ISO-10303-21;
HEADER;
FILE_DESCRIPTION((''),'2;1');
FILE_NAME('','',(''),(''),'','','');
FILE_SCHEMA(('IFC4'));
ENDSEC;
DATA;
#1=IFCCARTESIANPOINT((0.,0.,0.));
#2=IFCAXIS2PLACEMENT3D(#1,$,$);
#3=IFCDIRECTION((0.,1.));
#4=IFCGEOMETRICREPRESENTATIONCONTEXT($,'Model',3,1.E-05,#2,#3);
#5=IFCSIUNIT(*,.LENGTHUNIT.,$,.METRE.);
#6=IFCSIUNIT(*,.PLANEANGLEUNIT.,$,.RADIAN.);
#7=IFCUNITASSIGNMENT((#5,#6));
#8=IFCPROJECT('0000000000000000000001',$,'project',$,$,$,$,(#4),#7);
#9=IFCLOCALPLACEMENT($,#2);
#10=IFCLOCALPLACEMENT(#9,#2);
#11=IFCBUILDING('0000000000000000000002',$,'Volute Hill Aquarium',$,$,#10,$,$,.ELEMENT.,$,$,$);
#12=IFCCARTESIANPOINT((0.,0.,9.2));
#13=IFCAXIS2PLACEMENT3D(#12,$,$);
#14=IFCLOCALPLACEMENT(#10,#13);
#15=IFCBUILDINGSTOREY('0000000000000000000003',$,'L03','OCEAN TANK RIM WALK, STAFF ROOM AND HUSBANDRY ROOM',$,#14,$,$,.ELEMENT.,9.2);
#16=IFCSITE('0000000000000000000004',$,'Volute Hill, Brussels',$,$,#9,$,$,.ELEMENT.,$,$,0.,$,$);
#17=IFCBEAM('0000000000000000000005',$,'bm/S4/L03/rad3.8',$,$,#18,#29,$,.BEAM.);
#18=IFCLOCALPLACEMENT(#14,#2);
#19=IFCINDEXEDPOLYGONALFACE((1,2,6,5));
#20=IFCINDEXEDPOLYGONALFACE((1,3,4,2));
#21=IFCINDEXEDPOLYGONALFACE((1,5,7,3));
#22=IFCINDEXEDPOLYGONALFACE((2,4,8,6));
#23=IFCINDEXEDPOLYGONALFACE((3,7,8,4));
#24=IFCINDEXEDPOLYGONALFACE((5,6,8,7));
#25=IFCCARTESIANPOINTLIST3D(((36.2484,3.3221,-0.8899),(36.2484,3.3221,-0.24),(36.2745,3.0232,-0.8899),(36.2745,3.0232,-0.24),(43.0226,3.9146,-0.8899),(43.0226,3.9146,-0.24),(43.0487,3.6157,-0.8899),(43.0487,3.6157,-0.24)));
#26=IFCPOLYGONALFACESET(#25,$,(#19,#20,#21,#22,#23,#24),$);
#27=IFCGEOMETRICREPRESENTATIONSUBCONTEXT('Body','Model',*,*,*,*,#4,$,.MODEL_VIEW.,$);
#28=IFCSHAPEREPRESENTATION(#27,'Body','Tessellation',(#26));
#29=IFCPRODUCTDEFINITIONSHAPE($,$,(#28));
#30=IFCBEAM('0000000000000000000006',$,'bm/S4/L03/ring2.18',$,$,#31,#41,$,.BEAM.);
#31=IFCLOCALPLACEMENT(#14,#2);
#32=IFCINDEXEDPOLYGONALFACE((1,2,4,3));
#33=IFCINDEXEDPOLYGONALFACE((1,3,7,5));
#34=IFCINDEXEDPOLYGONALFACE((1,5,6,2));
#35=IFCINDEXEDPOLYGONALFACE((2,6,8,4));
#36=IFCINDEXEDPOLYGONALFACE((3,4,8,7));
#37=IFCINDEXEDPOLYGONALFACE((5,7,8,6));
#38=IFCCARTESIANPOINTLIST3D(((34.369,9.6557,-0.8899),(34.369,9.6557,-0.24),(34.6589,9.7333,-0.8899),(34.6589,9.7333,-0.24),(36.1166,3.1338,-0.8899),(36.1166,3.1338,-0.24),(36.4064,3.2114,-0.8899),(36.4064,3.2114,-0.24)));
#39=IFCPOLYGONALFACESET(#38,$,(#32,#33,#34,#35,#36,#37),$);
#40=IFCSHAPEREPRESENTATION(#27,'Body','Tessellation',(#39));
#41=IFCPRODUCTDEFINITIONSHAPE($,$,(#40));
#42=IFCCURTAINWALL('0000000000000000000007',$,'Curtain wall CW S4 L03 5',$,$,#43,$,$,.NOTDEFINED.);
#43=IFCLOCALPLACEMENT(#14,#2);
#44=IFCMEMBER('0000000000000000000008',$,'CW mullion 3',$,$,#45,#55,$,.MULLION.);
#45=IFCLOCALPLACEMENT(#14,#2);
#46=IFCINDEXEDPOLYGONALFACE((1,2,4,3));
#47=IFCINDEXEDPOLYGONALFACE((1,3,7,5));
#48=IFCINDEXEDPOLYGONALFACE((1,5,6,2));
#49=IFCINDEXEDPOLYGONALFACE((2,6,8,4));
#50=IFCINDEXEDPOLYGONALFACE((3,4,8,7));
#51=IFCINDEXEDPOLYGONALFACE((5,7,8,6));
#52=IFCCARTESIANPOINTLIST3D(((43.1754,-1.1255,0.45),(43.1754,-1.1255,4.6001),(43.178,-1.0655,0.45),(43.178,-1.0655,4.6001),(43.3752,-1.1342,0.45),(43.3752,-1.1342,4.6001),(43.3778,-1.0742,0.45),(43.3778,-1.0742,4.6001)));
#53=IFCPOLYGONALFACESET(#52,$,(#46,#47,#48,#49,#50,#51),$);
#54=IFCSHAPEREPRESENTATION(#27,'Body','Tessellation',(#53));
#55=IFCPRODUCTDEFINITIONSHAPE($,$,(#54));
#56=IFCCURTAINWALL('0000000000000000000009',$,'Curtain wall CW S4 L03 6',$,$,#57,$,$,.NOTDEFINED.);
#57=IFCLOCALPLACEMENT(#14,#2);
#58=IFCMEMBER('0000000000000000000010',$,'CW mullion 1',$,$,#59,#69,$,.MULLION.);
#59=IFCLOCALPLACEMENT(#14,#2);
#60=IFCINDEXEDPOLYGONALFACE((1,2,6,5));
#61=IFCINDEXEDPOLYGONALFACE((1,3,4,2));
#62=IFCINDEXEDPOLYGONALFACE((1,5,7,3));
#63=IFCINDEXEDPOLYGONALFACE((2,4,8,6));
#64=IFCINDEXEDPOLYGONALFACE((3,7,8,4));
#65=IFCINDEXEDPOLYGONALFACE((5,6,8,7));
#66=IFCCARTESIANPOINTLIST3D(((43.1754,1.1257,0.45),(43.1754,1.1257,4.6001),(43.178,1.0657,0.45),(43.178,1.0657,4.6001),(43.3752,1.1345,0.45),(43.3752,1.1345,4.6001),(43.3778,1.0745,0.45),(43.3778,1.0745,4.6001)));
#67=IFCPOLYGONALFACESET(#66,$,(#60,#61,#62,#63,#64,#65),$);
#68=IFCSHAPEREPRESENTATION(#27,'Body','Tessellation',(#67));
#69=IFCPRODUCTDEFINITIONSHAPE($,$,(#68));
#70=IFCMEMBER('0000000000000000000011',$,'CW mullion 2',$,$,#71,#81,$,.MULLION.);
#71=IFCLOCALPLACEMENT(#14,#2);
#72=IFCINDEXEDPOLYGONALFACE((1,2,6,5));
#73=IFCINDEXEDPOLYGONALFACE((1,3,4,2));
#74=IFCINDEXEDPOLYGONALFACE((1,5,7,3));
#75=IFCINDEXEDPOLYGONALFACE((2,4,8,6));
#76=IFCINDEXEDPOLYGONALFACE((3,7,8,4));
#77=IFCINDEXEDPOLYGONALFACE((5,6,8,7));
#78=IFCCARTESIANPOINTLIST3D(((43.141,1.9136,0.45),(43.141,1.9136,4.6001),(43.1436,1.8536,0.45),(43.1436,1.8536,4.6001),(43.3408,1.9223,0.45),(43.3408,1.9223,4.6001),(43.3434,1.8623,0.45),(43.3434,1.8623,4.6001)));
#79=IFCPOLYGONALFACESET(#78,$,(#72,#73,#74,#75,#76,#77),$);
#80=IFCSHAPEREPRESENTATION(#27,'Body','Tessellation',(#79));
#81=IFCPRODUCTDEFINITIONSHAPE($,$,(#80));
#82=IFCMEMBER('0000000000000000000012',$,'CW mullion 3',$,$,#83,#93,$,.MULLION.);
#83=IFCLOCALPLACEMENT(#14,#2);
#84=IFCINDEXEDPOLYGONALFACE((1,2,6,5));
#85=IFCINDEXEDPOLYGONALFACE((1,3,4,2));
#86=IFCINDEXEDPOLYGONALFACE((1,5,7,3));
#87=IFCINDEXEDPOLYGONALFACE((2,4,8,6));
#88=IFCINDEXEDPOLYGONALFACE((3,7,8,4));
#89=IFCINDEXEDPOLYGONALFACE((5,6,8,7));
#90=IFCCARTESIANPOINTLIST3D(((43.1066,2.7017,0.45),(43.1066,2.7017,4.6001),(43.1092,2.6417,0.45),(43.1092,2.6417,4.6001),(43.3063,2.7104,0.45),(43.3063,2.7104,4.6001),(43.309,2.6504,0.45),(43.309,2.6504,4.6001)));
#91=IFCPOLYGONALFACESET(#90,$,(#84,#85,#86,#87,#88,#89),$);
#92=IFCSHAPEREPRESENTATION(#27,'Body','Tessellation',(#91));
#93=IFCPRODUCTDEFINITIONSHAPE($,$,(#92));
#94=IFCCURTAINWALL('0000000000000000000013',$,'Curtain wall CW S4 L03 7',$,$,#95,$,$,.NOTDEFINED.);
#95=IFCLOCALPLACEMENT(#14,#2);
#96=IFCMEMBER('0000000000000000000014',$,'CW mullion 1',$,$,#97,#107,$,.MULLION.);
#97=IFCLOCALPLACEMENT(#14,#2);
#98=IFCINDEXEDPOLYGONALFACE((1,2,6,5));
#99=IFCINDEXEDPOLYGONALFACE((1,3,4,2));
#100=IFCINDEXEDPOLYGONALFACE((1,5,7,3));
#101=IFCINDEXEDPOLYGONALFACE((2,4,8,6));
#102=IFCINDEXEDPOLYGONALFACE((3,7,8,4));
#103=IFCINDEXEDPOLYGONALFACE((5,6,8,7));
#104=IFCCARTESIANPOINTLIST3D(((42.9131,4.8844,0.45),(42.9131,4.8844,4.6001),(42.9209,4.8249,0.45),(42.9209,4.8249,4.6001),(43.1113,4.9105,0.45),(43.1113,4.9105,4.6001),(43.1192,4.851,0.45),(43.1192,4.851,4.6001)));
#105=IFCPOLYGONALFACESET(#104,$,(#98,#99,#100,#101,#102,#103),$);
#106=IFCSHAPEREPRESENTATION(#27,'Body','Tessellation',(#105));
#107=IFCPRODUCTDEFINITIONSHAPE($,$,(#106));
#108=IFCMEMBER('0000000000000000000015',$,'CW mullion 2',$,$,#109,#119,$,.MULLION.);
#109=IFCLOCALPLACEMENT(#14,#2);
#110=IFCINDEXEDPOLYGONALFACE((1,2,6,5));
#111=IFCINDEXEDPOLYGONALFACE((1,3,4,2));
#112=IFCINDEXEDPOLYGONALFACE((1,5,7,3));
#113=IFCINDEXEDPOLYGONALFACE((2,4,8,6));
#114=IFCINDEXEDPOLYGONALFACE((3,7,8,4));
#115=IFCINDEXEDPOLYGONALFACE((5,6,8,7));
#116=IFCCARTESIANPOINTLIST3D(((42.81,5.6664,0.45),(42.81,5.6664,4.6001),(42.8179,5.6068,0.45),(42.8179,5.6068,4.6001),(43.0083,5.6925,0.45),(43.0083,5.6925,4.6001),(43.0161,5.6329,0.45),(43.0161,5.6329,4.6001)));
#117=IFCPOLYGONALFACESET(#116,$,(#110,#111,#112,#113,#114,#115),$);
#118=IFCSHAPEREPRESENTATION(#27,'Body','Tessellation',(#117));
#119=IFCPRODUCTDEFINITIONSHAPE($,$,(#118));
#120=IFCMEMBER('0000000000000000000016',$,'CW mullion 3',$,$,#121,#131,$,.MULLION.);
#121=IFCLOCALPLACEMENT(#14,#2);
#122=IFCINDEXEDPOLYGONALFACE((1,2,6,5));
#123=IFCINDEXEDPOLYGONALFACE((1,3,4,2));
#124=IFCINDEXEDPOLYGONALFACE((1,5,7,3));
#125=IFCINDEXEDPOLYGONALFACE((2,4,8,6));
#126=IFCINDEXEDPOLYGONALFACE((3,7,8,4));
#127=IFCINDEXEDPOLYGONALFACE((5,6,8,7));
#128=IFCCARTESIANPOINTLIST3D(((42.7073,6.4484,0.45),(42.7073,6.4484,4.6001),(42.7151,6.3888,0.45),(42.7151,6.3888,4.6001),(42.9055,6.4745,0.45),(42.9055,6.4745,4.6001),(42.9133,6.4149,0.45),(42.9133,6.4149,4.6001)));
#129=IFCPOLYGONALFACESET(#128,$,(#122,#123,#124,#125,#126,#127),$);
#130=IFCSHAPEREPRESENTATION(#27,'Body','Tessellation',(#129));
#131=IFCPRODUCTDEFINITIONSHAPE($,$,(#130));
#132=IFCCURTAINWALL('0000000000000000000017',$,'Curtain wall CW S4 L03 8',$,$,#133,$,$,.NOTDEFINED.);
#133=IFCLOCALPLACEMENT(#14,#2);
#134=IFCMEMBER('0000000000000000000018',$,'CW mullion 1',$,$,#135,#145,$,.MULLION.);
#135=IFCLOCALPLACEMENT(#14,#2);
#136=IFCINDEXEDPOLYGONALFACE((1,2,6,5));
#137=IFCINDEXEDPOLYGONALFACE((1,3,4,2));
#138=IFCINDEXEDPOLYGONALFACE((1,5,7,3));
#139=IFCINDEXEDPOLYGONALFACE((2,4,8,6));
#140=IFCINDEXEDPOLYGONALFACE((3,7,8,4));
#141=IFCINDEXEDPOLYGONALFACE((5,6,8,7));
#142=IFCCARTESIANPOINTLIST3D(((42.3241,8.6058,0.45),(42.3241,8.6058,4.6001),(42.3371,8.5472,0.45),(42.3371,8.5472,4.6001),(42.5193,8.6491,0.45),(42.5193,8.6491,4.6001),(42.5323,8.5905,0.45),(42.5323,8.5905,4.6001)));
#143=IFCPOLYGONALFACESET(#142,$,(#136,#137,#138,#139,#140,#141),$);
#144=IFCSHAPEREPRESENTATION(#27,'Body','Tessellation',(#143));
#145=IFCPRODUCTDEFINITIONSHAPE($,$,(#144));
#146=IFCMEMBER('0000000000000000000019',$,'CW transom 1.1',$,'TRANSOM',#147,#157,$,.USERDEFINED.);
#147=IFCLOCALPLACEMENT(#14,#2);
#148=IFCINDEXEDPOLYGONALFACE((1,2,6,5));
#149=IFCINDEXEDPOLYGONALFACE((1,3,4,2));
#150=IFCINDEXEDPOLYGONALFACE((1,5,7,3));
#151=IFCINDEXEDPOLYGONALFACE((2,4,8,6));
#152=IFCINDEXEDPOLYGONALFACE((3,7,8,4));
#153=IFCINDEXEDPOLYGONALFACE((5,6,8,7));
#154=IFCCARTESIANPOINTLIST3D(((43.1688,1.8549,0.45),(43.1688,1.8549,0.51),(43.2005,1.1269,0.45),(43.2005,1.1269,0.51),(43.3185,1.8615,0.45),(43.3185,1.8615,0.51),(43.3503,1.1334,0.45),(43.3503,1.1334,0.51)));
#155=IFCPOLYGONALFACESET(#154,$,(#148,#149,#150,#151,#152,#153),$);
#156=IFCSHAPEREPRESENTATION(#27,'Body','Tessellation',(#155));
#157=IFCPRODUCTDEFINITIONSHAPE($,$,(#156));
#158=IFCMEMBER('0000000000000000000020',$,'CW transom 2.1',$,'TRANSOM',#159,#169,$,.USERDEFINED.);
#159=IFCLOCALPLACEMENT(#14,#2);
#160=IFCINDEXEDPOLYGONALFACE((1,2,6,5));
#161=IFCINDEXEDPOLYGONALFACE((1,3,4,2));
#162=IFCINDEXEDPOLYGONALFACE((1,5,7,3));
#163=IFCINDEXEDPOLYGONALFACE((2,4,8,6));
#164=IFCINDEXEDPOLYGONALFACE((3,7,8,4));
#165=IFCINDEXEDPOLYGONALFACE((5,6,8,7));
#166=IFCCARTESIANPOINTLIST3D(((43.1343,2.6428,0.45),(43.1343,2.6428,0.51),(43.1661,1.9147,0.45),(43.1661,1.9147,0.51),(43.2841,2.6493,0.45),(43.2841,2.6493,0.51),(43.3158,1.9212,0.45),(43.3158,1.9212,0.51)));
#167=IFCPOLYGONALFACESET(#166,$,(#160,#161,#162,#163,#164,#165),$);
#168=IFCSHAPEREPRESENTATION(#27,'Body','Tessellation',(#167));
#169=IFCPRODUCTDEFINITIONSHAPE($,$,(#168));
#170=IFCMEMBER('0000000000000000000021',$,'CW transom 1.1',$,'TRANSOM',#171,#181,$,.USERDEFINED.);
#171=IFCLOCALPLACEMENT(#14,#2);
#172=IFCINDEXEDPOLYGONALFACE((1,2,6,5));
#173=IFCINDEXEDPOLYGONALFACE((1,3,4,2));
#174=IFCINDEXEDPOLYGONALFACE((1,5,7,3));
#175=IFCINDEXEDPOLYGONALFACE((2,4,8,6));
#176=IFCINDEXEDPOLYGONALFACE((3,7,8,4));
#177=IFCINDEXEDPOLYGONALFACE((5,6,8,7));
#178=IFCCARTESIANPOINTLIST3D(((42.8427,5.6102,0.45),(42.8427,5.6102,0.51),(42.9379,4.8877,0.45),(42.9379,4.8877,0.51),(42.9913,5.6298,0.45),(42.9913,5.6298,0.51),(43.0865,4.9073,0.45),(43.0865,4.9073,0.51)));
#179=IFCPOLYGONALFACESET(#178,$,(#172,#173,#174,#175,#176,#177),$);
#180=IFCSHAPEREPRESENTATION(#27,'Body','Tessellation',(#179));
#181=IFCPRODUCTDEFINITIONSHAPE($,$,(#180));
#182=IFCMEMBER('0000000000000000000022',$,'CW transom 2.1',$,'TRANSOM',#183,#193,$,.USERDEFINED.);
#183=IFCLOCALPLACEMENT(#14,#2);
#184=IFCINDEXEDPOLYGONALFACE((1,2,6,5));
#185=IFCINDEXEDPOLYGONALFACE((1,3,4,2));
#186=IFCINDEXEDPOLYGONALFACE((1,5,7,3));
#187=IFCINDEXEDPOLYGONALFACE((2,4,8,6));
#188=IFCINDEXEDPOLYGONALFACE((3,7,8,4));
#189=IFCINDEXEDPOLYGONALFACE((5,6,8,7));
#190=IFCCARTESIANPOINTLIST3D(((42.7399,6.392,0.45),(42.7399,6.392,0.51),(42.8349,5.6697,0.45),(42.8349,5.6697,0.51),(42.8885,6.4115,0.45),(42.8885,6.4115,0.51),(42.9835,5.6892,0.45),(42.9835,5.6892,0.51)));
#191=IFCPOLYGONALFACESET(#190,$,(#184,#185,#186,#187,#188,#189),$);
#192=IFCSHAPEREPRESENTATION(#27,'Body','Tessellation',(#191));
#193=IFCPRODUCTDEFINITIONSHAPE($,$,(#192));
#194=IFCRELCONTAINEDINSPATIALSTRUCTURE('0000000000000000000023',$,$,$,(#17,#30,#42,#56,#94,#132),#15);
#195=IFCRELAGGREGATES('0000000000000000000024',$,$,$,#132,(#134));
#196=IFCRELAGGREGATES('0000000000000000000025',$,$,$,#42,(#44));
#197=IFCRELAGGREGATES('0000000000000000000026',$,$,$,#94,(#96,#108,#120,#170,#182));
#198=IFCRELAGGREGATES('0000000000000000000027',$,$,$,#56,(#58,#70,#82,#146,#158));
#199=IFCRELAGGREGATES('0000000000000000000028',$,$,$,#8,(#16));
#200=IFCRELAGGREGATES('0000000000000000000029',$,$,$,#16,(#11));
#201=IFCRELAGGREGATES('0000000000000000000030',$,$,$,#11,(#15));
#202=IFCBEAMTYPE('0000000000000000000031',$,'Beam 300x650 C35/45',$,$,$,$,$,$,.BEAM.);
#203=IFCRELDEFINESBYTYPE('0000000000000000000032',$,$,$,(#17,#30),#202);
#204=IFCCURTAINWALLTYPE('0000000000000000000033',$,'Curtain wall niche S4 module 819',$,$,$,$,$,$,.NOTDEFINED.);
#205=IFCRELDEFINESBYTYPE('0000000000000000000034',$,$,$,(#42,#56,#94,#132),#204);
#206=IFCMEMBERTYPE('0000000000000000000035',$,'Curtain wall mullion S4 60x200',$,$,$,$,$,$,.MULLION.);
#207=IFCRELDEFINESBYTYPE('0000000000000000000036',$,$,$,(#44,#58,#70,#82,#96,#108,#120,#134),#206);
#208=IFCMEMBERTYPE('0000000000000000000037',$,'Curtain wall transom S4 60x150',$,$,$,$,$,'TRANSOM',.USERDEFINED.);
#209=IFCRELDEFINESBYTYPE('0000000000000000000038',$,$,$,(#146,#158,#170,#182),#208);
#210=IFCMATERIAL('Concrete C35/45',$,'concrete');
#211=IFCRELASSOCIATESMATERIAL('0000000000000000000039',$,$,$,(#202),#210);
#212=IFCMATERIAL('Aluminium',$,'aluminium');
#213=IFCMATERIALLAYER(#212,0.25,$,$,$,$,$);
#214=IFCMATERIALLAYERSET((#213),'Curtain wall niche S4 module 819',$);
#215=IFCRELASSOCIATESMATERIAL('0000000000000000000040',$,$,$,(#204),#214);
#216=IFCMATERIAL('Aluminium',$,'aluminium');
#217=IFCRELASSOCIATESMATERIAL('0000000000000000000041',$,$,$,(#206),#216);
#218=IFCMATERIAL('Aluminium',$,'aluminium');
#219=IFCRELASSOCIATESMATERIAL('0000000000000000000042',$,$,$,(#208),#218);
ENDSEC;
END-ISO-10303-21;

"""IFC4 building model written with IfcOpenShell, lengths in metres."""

from ifc_helpers import new_model, si_unit, direction, frame, origin, origin_2d, place, context, subcontext, project, spatial, rectangle, extrude, material, layer, layer_set, material_profile, profile_set, type_object, element, aggregate, save


model = new_model("IFC4")

# Units and contexts
model_context = context("Model", 3, precision=1e-05, world=origin(), true_north=direction((0.0, 1.0)))
body_context = subcontext(model_context, "Body", "Model", "MODEL_VIEW")
ifc_project = project(units=[si_unit("LENGTHUNIT", "METRE"), si_unit("PLANEANGLEUNIT", "RADIAN")], contexts=[model_context])

# Site, building, storey
site_placement = place(None, origin())
site = spatial("IfcSite", under=ifc_project, at=site_placement, Name="Volute Hill, Brussels", CompositionType="ELEMENT", RefElevation=0.0)
building_placement = place(site_placement, origin())
building = spatial("IfcBuilding", under=site, at=building_placement, Name="Volute Hill Aquarium", CompositionType="ELEMENT")
storey_placement = place(building_placement, frame((0.0, 0.0, 9.2)))
storey = spatial("IfcBuildingStorey", under=building, at=storey_placement, Name="L03", Description="OCEAN TANK RIM WALK, STAFF ROOM AND HUSBANDRY ROOM", CompositionType="ELEMENT", Elevation=9.2)

# Beams
ifc_material_1 = material(Name="Concrete C35/45", Category="concrete")
ifc_material_profile_1 = material_profile(ifc_material_1, rectangle(XDim=0.3, YDim=0.6499, at=origin_2d()), Name="RC beam 300x650")
ifc_profile_set_1 = profile_set([ifc_material_profile_1], Name="Concrete C35/45")
beam_type_1 = type_object("IfcBeamType", Name="Beam 300x650 C35/45", PredefinedType="BEAM", material=ifc_profile_set_1)
beam_1_placement = place(storey_placement, frame((36.2615, 3.1726, -0.5649), z_axis=(0.996196, 0.087136, 0.0), x_axis=(-0.087136, 0.996196, 0.0)))
element("IfcBeam", 1, at=beam_1_placement, inside=storey, type_object=beam_type_1, Name="bm/S4/L03/rad3.8", PredefinedType="BEAM", context=body_context, shape_type="SweptSolid", body=[
    extrude(rectangle(XDim=0.3, YDim=0.6499, at=origin_2d()), origin(), (0.0, 0.0, 1.0), 6.8),
])
beam_2_placement = place(storey_placement, frame((36.2615, 3.1726, -0.5649), z_axis=(-0.258819, 0.965926, 0.0), x_axis=(-0.965926, -0.258819, 0.0)))
element("IfcBeam", 2, at=beam_2_placement, inside=storey, type_object=beam_type_1, Name="bm/S4/L03/ring2.18", PredefinedType="BEAM", context=body_context, shape_type="SweptSolid", body=[
    extrude(rectangle(XDim=0.3, YDim=0.6499, at=origin_2d()), origin(), (0.0, 0.0, 1.0), 6.752),
])

# Curtain wall, member
ifc_material_2 = material(Name="Aluminium", Category="aluminium")
ifc_layer_1 = layer(ifc_material_2, 0.25)
ifc_layer_set_1 = layer_set([ifc_layer_1], Name="Curtain wall niche S4 module 819")
curtain_wall_type = type_object("IfcCurtainWallType", Name="Curtain wall niche S4 module 819", PredefinedType="NOTDEFINED", material=ifc_layer_set_1)
curtain_wall_1_placement = place(storey_placement, origin())
curtain_wall_1 = element("IfcCurtainWall", 3, at=curtain_wall_1_placement, inside=storey, type_object=curtain_wall_type, Name="Curtain wall CW S4 L03 5", PredefinedType="NOTDEFINED")
ifc_material_3 = material(Name="Aluminium", Category="aluminium")
ifc_material_profile_2 = material_profile(ifc_material_3, rectangle(XDim=0.2, YDim=0.0601, at=origin_2d()), Name="Curtain wall mullion S4 60x200")
ifc_profile_set_2 = profile_set([ifc_material_profile_2], Name="Aluminium")
member_type_1 = type_object("IfcMemberType", Name="Curtain wall mullion S4 60x200", PredefinedType="MULLION", material=ifc_profile_set_2)
member_1_placement = place(storey_placement, frame((43.2766, -1.0999, 0.45), z_axis=(0.0, 0.0, 1.0), x_axis=(-0.999048, 0.043617, 0.0)))
member_1 = element("IfcMember", 4, at=member_1_placement, type_object=member_type_1, Name="CW mullion 3", PredefinedType="MULLION", context=body_context, shape_type="SweptSolid", body=[
    extrude(rectangle(XDim=0.2, YDim=0.0601, at=origin_2d()), origin(), (0.0, 0.0, 1.0), 4.1501),
])

# Curtain walls, members
curtain_wall_2_placement = place(storey_placement, origin())
curtain_wall_2 = element("IfcCurtainWall", 5, at=curtain_wall_2_placement, inside=storey, type_object=curtain_wall_type, Name="Curtain wall CW S4 L03 6", PredefinedType="NOTDEFINED")
member_2_placement = place(storey_placement, frame((43.2766, 1.1001, 0.45), z_axis=(0.0, 0.0, 1.0), x_axis=(-0.999048, -0.043623, 0.0)))
member_2 = element("IfcMember", 6, at=member_2_placement, type_object=member_type_1, Name="CW mullion 1", PredefinedType="MULLION", context=body_context, shape_type="SweptSolid", body=[
    extrude(rectangle(XDim=0.2, YDim=0.0601, at=origin_2d()), origin(), (0.0, 0.0, 1.0), 4.1501),
])
member_3_placement = place(storey_placement, frame((43.2422, 1.8879, 0.45), z_axis=(0.0, 0.0, 1.0), x_axis=(-0.999048, -0.043623, 0.0)))
member_3 = element("IfcMember", 7, at=member_3_placement, type_object=member_type_1, Name="CW mullion 2", PredefinedType="MULLION", context=body_context, shape_type="SweptSolid", body=[
    extrude(rectangle(XDim=0.2, YDim=0.0601, at=origin_2d()), origin(), (0.0, 0.0, 1.0), 4.1501),
])
member_4_placement = place(storey_placement, frame((43.2078, 2.676, 0.45), z_axis=(0.0, 0.0, 1.0), x_axis=(-0.999048, -0.043623, 0.0)))
member_4 = element("IfcMember", 8, at=member_4_placement, type_object=member_type_1, Name="CW mullion 3", PredefinedType="MULLION", context=body_context, shape_type="SweptSolid", body=[
    extrude(rectangle(XDim=0.2, YDim=0.0601, at=origin_2d()), origin(), (0.0, 0.0, 1.0), 4.1501),
])
curtain_wall_3_placement = place(storey_placement, origin())
curtain_wall_3 = element("IfcCurtainWall", 9, at=curtain_wall_3_placement, inside=storey, type_object=curtain_wall_type, Name="Curtain wall CW S4 L03 7", PredefinedType="NOTDEFINED")
member_5_placement = place(storey_placement, frame((43.0161, 4.8677, 0.45), z_axis=(0.0, 0.0, 1.0), x_axis=(-0.991446, -0.130516, 0.0)))
member_5 = element("IfcMember", 10, at=member_5_placement, type_object=member_type_1, Name="CW mullion 1", PredefinedType="MULLION", context=body_context, shape_type="SweptSolid", body=[
    extrude(rectangle(XDim=0.2, YDim=0.0601, at=origin_2d()), origin(), (0.0, 0.0, 1.0), 4.1501),
])
member_6_placement = place(storey_placement, frame((42.9131, 5.6497, 0.45), z_axis=(0.0, 0.0, 1.0), x_axis=(-0.991446, -0.130516, 0.0)))
member_6 = element("IfcMember", 11, at=member_6_placement, type_object=member_type_1, Name="CW mullion 2", PredefinedType="MULLION", context=body_context, shape_type="SweptSolid", body=[
    extrude(rectangle(XDim=0.2, YDim=0.0601, at=origin_2d()), origin(), (0.0, 0.0, 1.0), 4.1501),
])
member_7_placement = place(storey_placement, frame((42.8103, 6.4316, 0.45), z_axis=(0.0, 0.0, 1.0), x_axis=(-0.991446, -0.130516, 0.0)))
member_7 = element("IfcMember", 12, at=member_7_placement, type_object=member_type_1, Name="CW mullion 3", PredefinedType="MULLION", context=body_context, shape_type="SweptSolid", body=[
    extrude(rectangle(XDim=0.2, YDim=0.0601, at=origin_2d()), origin(), (0.0, 0.0, 1.0), 4.1501),
])

# Curtain wall, member
curtain_wall_4_placement = place(storey_placement, origin())
curtain_wall_4 = element("IfcCurtainWall", 13, at=curtain_wall_4_placement, inside=storey, type_object=curtain_wall_type, Name="Curtain wall CW S4 L03 8", PredefinedType="NOTDEFINED")
member_8_placement = place(storey_placement, frame((42.4282, 8.5981, 0.45), z_axis=(0.0, 0.0, 1.0), x_axis=(-0.976297, -0.216436, 0.0)))
member_8 = element("IfcMember", 14, at=member_8_placement, type_object=member_type_1, Name="CW mullion 1", PredefinedType="MULLION", context=body_context, shape_type="SweptSolid", body=[
    extrude(rectangle(XDim=0.2, YDim=0.0601, at=origin_2d()), origin(), (0.0, 0.0, 1.0), 4.1501),
])

# Members
ifc_material_4 = material(Name="Aluminium", Category="aluminium")
ifc_material_profile_3 = material_profile(ifc_material_4, rectangle(XDim=0.1499, YDim=0.0601, at=origin_2d()), Name="Curtain wall transom S4 60x150")
ifc_profile_set_3 = profile_set([ifc_material_profile_3], Name="Aluminium")
member_type_2 = type_object("IfcMemberType", Name="Curtain wall transom S4 60x150", ElementType="TRANSOM", PredefinedType="USERDEFINED", material=ifc_profile_set_3)
member_9_placement = place(storey_placement, frame((43.2754, 1.1301, 0.48), z_axis=(-0.043554, 0.999051, 0.0), x_axis=(-0.999051, -0.043554, 0.0)))
member_9 = element("IfcMember", 15, at=member_9_placement, type_object=member_type_2, Name="CW transom 1.1", ObjectType="TRANSOM", PredefinedType="USERDEFINED", context=body_context, shape_type="SweptSolid", body=[
    extrude(rectangle(XDim=0.1499, YDim=0.0601, at=origin_2d()), origin(), (0.0, 0.0, 1.0), 0.7288),
])
member_10_placement = place(storey_placement, frame((43.241, 1.918, 0.48), z_axis=(-0.043554, 0.999051, 0.0), x_axis=(-0.999051, -0.043554, 0.0)))
member_10 = element("IfcMember", 16, at=member_10_placement, type_object=member_type_2, Name="CW transom 2.1", ObjectType="TRANSOM", PredefinedType="USERDEFINED", context=body_context, shape_type="SweptSolid", body=[
    extrude(rectangle(XDim=0.1499, YDim=0.0601, at=origin_2d()), origin(), (0.0, 0.0, 1.0), 0.7288),
])
member_11_placement = place(storey_placement, frame((43.0122, 4.8975, 0.48), z_axis=(-0.130671, 0.991426, 0.0), x_axis=(-0.991426, -0.130671, 0.0)))
member_11 = element("IfcMember", 17, at=member_11_placement, type_object=member_type_2, Name="CW transom 1.1", ObjectType="TRANSOM", PredefinedType="USERDEFINED", context=body_context, shape_type="SweptSolid", body=[
    extrude(rectangle(XDim=0.1499, YDim=0.0601, at=origin_2d()), origin(), (0.0, 0.0, 1.0), 0.7288),
])
member_12_placement = place(storey_placement, frame((42.9092, 5.6794, 0.48), z_axis=(-0.130342, 0.991469, 0.0), x_axis=(-0.991469, -0.130342, 0.0)))
member_12 = element("IfcMember", 18, at=member_12_placement, type_object=member_type_2, Name="CW transom 2.1", ObjectType="TRANSOM", PredefinedType="USERDEFINED", context=body_context, shape_type="SweptSolid", body=[
    extrude(rectangle(XDim=0.1499, YDim=0.0601, at=origin_2d()), origin(), (0.0, 0.0, 1.0), 0.7285),
])
aggregate(curtain_wall_4, [member_8])

aggregate(curtain_wall_1, [member_1])
aggregate(curtain_wall_3, [member_5, member_6, member_7, member_11, member_12])
aggregate(curtain_wall_2, [member_2, member_3, member_4, member_9, member_10])

save(model, "model.ifc")
